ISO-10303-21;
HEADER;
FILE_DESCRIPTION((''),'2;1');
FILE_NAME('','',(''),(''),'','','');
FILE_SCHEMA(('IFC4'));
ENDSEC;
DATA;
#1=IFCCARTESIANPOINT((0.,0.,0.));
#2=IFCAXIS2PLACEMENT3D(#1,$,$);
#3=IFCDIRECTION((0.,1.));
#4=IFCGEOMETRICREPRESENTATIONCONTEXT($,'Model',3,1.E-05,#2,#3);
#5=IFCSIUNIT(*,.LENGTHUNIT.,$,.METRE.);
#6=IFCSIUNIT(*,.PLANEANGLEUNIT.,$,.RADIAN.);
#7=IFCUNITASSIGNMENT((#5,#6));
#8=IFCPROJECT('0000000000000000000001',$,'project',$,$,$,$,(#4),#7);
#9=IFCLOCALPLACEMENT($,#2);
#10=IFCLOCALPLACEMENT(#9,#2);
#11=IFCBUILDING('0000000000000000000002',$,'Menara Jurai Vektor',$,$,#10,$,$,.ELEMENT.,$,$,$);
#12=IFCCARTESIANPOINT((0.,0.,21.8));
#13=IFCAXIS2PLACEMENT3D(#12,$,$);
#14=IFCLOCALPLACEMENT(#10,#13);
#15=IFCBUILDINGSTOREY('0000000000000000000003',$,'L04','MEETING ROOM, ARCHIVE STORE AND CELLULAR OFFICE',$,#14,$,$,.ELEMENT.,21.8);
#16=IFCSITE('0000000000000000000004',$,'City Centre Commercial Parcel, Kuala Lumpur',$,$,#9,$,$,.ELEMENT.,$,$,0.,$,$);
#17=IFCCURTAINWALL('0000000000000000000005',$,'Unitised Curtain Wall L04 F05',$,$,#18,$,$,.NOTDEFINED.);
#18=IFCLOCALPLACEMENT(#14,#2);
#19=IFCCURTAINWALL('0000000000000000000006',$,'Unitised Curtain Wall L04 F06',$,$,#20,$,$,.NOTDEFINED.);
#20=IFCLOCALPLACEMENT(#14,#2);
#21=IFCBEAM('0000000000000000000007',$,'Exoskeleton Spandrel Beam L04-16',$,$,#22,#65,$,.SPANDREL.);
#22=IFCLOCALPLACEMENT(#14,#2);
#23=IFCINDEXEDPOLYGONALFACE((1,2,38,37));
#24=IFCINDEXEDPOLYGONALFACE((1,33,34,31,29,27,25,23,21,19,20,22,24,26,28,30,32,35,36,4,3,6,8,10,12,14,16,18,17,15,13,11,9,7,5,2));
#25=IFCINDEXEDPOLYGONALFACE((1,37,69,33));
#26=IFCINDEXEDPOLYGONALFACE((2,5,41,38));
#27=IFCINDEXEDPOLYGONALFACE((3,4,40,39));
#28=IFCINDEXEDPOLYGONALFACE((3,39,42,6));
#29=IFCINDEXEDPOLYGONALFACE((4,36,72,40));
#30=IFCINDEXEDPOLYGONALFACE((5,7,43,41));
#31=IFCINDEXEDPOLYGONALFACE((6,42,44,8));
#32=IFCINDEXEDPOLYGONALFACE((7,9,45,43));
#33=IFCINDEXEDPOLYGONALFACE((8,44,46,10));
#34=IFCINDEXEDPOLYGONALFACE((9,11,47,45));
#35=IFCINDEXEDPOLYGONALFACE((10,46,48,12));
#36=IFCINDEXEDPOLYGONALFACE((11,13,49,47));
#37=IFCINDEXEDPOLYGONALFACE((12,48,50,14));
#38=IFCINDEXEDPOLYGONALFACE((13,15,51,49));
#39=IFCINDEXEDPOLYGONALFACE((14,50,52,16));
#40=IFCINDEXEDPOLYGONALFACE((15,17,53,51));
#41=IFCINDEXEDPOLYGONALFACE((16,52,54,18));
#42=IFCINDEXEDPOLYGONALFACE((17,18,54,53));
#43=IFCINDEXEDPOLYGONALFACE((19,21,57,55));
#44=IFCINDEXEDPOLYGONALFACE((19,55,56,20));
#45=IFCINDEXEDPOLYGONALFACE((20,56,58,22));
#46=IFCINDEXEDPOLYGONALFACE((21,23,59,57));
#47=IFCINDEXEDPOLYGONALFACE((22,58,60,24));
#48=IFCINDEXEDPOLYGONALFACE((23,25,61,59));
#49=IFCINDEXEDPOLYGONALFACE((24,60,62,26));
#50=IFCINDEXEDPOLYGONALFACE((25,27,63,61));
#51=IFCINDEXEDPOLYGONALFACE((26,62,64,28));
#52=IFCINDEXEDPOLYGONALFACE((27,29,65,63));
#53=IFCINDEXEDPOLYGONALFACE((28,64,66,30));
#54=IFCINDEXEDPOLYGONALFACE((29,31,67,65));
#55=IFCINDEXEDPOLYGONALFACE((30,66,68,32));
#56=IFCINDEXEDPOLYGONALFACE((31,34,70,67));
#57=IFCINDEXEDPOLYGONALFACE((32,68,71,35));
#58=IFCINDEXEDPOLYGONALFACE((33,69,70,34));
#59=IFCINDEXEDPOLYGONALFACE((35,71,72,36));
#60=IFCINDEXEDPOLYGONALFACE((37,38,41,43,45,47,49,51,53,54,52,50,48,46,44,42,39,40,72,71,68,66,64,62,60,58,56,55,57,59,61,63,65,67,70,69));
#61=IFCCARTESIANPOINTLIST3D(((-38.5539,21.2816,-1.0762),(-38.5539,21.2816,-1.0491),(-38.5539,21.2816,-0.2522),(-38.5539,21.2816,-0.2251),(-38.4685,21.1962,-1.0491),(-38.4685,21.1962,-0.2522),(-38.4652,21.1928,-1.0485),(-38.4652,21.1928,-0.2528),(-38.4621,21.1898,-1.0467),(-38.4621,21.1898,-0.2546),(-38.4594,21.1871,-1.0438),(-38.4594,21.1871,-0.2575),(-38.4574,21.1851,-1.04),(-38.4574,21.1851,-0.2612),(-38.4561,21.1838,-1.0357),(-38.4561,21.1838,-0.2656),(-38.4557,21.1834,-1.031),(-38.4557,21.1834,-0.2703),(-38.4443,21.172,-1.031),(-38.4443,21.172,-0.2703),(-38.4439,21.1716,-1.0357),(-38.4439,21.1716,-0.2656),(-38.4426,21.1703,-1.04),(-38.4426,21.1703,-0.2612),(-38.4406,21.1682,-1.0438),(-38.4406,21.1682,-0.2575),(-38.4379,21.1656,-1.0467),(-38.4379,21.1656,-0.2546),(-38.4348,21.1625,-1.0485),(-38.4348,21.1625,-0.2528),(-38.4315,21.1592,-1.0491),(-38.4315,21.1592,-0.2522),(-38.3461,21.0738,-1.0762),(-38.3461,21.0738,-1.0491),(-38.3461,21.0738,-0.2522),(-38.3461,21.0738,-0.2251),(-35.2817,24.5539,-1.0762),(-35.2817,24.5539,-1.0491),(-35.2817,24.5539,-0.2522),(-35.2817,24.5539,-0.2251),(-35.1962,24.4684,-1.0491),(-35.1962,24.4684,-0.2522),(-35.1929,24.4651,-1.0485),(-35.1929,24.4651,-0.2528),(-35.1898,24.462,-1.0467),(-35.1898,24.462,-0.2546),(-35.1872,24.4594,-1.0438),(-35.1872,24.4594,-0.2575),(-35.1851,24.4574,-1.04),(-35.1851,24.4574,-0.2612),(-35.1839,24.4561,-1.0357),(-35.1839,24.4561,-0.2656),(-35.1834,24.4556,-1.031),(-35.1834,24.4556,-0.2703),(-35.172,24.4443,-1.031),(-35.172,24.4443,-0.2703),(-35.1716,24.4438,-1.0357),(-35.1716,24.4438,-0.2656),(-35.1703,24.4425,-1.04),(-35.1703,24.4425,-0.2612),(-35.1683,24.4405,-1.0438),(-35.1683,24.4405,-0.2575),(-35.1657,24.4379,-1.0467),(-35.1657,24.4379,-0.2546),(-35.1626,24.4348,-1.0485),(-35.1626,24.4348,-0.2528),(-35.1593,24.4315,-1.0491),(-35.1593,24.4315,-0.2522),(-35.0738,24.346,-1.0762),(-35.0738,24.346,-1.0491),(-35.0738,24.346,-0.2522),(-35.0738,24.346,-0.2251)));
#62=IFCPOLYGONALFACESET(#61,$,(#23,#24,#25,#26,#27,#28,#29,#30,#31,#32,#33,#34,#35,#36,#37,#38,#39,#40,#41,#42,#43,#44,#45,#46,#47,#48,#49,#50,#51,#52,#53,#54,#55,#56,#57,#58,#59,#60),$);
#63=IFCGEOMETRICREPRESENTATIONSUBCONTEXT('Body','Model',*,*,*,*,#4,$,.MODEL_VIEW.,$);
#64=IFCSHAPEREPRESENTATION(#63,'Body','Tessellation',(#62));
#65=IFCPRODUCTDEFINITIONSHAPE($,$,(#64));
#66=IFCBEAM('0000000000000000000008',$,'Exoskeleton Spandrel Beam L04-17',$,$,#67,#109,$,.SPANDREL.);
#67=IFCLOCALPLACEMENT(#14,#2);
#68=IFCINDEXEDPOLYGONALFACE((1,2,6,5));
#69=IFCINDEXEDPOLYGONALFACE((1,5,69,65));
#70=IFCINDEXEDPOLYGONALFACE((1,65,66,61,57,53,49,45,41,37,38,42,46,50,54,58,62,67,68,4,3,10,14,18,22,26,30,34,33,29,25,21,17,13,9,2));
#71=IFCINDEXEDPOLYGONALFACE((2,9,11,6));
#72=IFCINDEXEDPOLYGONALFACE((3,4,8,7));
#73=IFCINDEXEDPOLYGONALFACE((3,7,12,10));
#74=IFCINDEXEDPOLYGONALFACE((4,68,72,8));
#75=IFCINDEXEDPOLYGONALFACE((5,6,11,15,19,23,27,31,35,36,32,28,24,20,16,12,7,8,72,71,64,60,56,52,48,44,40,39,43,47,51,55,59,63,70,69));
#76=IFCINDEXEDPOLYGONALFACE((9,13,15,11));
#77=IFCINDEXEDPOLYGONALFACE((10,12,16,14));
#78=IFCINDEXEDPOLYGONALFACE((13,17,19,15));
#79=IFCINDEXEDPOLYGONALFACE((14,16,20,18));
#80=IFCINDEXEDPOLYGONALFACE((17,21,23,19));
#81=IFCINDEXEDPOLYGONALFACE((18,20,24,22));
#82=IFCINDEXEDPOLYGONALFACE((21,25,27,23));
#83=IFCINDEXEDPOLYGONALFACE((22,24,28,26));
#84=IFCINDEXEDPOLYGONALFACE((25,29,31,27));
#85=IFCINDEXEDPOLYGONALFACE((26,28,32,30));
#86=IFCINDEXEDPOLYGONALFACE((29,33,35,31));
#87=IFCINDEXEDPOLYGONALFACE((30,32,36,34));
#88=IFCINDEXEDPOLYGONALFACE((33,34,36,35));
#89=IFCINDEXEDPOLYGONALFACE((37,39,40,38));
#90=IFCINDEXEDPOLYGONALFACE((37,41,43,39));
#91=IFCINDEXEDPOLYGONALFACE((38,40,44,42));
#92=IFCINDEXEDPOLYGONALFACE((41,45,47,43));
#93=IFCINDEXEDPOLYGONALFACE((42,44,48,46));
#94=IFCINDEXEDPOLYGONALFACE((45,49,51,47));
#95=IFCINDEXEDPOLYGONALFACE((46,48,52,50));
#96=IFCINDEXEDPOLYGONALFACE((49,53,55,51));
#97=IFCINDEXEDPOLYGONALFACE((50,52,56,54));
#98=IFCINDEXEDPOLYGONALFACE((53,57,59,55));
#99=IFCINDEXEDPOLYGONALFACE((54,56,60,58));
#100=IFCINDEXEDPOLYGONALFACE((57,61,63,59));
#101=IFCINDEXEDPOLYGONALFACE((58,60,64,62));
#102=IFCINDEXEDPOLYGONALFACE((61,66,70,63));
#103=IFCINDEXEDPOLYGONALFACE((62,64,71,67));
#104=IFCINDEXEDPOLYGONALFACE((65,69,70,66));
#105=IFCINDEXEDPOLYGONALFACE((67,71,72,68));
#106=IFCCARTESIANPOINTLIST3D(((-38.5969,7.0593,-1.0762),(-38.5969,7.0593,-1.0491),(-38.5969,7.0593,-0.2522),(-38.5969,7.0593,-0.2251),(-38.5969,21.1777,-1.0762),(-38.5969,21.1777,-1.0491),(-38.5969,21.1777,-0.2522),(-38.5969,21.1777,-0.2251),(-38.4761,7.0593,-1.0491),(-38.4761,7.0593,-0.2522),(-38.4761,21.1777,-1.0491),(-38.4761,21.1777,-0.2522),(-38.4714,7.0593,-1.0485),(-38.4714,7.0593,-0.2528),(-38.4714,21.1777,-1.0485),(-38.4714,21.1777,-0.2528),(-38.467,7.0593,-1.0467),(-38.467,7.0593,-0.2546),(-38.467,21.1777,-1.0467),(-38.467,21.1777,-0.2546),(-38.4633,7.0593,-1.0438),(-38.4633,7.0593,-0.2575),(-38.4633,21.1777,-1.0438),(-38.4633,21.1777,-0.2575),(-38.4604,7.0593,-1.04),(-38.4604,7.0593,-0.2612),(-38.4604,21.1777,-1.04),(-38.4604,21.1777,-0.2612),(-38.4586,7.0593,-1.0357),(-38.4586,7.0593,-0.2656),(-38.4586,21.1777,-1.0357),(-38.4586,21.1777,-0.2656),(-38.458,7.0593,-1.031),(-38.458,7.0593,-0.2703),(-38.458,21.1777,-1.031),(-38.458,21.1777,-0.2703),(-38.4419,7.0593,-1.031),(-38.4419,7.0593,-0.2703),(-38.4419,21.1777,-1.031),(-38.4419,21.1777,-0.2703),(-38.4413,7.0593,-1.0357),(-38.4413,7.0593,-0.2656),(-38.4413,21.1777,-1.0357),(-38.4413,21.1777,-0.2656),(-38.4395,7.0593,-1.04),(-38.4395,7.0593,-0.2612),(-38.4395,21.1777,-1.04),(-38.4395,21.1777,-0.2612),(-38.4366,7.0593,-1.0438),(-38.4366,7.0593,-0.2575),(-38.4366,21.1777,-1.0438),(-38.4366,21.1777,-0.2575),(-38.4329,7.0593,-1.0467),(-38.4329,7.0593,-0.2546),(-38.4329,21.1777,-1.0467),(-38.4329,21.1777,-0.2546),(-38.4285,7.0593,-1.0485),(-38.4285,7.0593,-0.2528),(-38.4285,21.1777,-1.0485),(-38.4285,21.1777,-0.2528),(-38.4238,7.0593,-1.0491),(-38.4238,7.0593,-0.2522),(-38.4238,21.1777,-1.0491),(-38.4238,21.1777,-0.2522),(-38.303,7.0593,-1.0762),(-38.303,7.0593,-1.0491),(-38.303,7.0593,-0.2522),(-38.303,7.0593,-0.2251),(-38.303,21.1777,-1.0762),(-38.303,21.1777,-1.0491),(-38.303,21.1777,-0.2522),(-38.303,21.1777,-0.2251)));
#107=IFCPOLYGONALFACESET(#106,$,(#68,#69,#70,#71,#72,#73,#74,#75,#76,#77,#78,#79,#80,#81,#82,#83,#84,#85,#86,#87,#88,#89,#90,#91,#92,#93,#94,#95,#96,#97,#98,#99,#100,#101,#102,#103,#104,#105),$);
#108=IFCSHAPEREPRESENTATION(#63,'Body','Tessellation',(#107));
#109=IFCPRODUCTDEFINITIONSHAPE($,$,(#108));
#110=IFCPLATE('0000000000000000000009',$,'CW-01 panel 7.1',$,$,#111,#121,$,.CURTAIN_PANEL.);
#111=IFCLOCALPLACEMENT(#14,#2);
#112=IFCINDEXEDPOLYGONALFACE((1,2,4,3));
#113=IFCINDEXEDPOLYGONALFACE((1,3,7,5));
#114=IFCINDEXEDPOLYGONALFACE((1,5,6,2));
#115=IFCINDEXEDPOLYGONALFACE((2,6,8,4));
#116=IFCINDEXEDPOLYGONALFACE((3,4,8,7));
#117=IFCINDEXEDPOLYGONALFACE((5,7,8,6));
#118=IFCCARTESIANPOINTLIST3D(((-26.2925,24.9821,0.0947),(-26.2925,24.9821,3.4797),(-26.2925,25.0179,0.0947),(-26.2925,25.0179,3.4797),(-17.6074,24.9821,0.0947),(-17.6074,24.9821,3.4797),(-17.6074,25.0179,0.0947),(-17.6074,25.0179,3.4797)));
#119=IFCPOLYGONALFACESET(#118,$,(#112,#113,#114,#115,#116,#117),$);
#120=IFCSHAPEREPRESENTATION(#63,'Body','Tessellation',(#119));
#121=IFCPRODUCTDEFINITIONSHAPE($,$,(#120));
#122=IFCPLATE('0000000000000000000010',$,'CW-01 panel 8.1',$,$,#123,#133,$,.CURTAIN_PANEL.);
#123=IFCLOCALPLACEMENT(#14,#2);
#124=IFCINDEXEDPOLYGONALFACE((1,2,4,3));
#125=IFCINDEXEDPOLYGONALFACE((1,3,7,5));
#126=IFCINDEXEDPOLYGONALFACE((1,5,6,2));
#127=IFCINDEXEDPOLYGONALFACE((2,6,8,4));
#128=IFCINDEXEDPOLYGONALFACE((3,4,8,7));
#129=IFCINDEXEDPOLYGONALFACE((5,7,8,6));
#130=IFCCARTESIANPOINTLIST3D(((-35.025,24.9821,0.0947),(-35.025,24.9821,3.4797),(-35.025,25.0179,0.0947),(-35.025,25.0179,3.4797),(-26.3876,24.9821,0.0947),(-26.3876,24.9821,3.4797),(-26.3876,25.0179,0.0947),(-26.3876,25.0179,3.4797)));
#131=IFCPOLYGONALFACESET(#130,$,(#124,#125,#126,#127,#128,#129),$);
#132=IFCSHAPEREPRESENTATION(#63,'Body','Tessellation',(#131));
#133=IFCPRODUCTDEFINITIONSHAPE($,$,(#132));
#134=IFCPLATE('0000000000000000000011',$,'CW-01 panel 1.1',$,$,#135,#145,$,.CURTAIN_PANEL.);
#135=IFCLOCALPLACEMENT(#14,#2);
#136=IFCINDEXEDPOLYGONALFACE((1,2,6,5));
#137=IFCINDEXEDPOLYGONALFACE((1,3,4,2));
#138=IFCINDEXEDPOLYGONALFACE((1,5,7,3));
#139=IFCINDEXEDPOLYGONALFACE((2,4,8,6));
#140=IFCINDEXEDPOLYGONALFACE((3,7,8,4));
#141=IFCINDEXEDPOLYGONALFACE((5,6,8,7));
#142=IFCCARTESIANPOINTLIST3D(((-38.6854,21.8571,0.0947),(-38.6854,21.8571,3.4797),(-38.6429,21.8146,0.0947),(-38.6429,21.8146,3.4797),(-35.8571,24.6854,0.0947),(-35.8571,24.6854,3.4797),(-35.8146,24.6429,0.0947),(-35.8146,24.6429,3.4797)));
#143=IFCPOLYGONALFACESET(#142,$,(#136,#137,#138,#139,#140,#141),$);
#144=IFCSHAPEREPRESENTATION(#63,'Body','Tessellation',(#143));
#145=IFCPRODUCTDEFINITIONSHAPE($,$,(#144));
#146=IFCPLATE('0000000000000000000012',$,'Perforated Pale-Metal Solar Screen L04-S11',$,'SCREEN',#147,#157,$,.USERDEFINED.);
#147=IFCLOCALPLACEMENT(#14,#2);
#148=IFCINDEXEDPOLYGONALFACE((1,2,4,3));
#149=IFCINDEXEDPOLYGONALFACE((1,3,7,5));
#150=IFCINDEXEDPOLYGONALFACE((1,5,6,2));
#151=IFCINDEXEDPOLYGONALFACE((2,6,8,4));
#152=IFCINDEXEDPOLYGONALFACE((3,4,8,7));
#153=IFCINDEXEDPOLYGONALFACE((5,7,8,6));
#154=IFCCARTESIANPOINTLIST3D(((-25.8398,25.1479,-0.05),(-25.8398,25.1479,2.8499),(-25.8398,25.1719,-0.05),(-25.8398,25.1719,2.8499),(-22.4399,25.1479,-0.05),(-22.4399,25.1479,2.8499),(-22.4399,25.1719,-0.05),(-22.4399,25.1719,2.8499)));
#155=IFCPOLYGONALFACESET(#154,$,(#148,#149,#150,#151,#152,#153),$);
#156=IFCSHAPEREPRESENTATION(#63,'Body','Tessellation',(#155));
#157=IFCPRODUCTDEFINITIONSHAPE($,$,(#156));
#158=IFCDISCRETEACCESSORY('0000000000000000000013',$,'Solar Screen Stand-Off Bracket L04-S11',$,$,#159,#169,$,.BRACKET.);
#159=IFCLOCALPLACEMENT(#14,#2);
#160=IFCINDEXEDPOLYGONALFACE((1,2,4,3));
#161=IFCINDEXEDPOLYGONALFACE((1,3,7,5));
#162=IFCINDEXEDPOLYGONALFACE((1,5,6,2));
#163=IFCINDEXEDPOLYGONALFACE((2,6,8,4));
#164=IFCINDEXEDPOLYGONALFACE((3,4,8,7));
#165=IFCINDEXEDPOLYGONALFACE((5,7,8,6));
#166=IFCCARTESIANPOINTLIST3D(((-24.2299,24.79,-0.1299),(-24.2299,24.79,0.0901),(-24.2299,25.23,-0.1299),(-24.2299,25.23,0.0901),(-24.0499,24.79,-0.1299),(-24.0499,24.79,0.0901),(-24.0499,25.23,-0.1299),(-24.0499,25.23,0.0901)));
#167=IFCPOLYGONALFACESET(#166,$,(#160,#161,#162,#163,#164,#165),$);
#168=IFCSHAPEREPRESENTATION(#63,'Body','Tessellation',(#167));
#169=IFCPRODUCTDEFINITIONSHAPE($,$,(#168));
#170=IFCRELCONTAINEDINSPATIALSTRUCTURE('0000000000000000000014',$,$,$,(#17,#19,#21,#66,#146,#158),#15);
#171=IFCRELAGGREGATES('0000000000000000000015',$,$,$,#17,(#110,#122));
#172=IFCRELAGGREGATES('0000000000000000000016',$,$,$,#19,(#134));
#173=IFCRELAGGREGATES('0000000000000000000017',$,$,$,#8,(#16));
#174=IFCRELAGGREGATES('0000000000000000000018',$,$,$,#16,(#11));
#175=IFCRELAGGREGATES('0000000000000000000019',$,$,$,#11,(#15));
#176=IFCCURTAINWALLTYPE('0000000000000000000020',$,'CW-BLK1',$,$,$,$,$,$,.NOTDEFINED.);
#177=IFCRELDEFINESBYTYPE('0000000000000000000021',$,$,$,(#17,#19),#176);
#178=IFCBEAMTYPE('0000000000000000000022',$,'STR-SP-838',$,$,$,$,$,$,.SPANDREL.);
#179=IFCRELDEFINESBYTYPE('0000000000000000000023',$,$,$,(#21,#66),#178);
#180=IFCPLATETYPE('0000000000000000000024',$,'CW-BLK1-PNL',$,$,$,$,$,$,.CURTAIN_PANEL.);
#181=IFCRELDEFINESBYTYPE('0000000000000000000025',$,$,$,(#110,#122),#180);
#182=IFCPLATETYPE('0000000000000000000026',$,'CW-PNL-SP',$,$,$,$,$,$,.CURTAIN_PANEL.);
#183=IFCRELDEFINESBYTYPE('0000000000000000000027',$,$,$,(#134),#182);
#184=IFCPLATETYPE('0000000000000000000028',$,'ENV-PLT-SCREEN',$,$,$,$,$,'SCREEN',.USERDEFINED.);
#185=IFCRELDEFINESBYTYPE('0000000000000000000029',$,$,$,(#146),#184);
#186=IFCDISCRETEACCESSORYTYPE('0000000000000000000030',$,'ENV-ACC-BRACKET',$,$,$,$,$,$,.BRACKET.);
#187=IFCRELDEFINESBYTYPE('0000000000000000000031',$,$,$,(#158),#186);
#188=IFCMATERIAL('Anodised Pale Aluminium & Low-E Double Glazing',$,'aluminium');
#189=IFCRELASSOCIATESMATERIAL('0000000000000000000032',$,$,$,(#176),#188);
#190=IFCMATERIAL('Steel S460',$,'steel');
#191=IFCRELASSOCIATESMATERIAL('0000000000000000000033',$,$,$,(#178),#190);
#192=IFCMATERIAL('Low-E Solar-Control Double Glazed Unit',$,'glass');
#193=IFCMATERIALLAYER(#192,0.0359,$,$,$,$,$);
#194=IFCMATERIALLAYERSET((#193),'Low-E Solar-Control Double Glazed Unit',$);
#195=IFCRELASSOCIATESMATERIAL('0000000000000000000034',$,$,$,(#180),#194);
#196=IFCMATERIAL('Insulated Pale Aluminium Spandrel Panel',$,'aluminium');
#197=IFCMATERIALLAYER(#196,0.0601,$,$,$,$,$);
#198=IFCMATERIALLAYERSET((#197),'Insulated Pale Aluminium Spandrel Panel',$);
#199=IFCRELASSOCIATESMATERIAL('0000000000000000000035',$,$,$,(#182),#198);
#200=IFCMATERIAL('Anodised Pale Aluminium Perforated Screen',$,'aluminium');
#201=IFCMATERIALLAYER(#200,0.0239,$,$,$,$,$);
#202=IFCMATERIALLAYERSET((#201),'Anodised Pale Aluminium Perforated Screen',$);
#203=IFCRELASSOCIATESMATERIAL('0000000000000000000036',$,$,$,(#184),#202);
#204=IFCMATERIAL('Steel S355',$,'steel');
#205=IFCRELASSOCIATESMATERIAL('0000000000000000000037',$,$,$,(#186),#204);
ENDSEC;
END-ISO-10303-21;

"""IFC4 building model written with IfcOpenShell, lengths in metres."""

from ifc_helpers import new_model, si_unit, direction, frame, origin, origin_2d, place, context, subcontext, project, spatial, rectangle, i_section, extrude, material, layer, layer_set, material_profile, profile_set, type_object, element, aggregate, save


model = new_model("IFC4")

# Units and contexts
model_context = context("Model", 3, precision=1e-05, world=origin(), true_north=direction((0.0, 1.0)))
body_context = subcontext(model_context, "Body", "Model", "MODEL_VIEW")
ifc_project = project(units=[si_unit("LENGTHUNIT", "METRE"), si_unit("PLANEANGLEUNIT", "RADIAN")], contexts=[model_context])

# Site, building, storey
site_placement = place(None, origin())
site = spatial("IfcSite", under=ifc_project, at=site_placement, Name="City Centre Commercial Parcel, Kuala Lumpur", CompositionType="ELEMENT", RefElevation=0.0)
building_placement = place(site_placement, origin())
building = spatial("IfcBuilding", under=site, at=building_placement, Name="Menara Jurai Vektor", CompositionType="ELEMENT")
storey_placement = place(building_placement, frame((0.0, 0.0, 21.8)))
storey = spatial("IfcBuildingStorey", under=building, at=storey_placement, Name="L04", Description="MEETING ROOM, ARCHIVE STORE AND CELLULAR OFFICE", CompositionType="ELEMENT", Elevation=21.8)

# Shared definitions
ifc_material_1 = material(Name="Steel S460", Category="steel")

# Curtain walls
ifc_material_2 = material(Name="Anodised Pale Aluminium & Low-E Double Glazing", Category="aluminium")
curtain_wall_type = type_object("IfcCurtainWallType", Name="CW-BLK1", PredefinedType="NOTDEFINED", material=ifc_material_2)
curtain_wall_1_placement = place(storey_placement, origin())
curtain_wall_1 = element("IfcCurtainWall", 1, at=curtain_wall_1_placement, inside=storey, type_object=curtain_wall_type, Name="Unitised Curtain Wall L04 F05", PredefinedType="NOTDEFINED")
curtain_wall_2_placement = place(storey_placement, origin())
curtain_wall_2 = element("IfcCurtainWall", 2, at=curtain_wall_2_placement, inside=storey, type_object=curtain_wall_type, Name="Unitised Curtain Wall L04 F06", PredefinedType="NOTDEFINED")

# Shared definitions
ifc_material_3 = material(Name="Steel S355", Category="steel")

# Beams
ifc_material_profile_1 = material_profile(ifc_material_1, i_section(OverallWidth=0.2939, OverallDepth=0.8511, WebThickness=0.0161, FlangeThickness=0.0271, FilletRadius=0.0181, at=origin_2d()), Name="UKB 838x292x226")
ifc_profile_set_1 = profile_set([ifc_material_profile_1], Name="Steel S460")
beam_type_1 = type_object("IfcBeamType", Name="STR-SP-838", PredefinedType="SPANDREL", material=ifc_profile_set_1)
beam_1_placement = place(storey_placement, frame((-35.1777, 24.45, -0.6506), z_axis=(-0.707107, -0.707107, 0.0), x_axis=(0.707107, -0.707107, 0.0)))
element("IfcBeam", 3, at=beam_1_placement, inside=storey, type_object=beam_type_1, Name="Exoskeleton Spandrel Beam L04-16", PredefinedType="SPANDREL", context=body_context, shape_type="SweptSolid", body=[
    extrude(i_section(OverallWidth=0.2939, OverallDepth=0.8511, WebThickness=0.0161, FlangeThickness=0.0271, FilletRadius=0.0181, at=origin_2d()), origin(), (0.0, 0.0, 1.0), 4.6277),
])
beam_2_placement = place(storey_placement, frame((-38.45, 21.1777, -0.6506), z_axis=(0.0, -1.0, 0.0), x_axis=(1.0, 0.0, 0.0)))
element("IfcBeam", 4, at=beam_2_placement, inside=storey, type_object=beam_type_1, Name="Exoskeleton Spandrel Beam L04-17", PredefinedType="SPANDREL", context=body_context, shape_type="SweptSolid", body=[
    extrude(i_section(OverallWidth=0.2939, OverallDepth=0.8511, WebThickness=0.0161, FlangeThickness=0.0271, FilletRadius=0.0181, at=origin_2d()), origin(), (0.0, 0.0, 1.0), 14.1184),
])

# Plates
ifc_material_4 = material(Name="Low-E Solar-Control Double Glazed Unit", Category="glass")
ifc_layer_1 = layer(ifc_material_4, 0.0359)
ifc_layer_set_1 = layer_set([ifc_layer_1], Name="Low-E Solar-Control Double Glazed Unit")
plate_type_1 = type_object("IfcPlateType", Name="CW-BLK1-PNL", PredefinedType="CURTAIN_PANEL", material=ifc_layer_set_1)
plate_1_placement = place(storey_placement, frame((-21.95, 25.0, 0.0947), z_axis=(0.0, 0.0, 1.0), x_axis=(-1.0, 0.0, 0.0)))
plate_1 = element("IfcPlate", 5, at=plate_1_placement, type_object=plate_type_1, Name="CW-01 panel 7.1", PredefinedType="CURTAIN_PANEL", context=body_context, shape_type="SweptSolid", body=[
    extrude(rectangle(XDim=8.6851, YDim=0.0359, at=origin_2d()), origin(), (0.0, 0.0, 1.0), 3.385),
])
plate_2_placement = place(storey_placement, frame((-30.7063, 25.0, 0.0947), z_axis=(0.0, 0.0, 1.0), x_axis=(-1.0, 0.0, 0.0)))
plate_2 = element("IfcPlate", 6, at=plate_2_placement, type_object=plate_type_1, Name="CW-01 panel 8.1", PredefinedType="CURTAIN_PANEL", context=body_context, shape_type="SweptSolid", body=[
    extrude(rectangle(XDim=8.6375, YDim=0.0359, at=origin_2d()), origin(), (0.0, 0.0, 1.0), 3.385),
])
aggregate(curtain_wall_1, [plate_1, plate_2])
ifc_material_5 = material(Name="Insulated Pale Aluminium Spandrel Panel", Category="aluminium")
ifc_layer_2 = layer(ifc_material_5, 0.0601)
ifc_layer_set_2 = layer_set([ifc_layer_2], Name="Insulated Pale Aluminium Spandrel Panel")
plate_type_2 = type_object("IfcPlateType", Name="CW-PNL-SP", PredefinedType="CURTAIN_PANEL", material=ifc_layer_set_2)
plate_3_placement = place(storey_placement, frame((-37.25, 23.25, 0.0947), z_axis=(0.0, 0.0, 1.0), x_axis=(-0.707107, -0.707107, 0.0)))
plate_3 = element("IfcPlate", 7, at=plate_3_placement, type_object=plate_type_2, Name="CW-01 panel 1.1", PredefinedType="CURTAIN_PANEL", context=body_context, shape_type="SweptSolid", body=[
    extrude(rectangle(XDim=3.9998, YDim=0.0601, at=origin_2d()), origin(), (0.0, 0.0, 1.0), 3.385),
])
aggregate(curtain_wall_2, [plate_3])
ifc_material_6 = material(Name="Anodised Pale Aluminium Perforated Screen", Category="aluminium")
ifc_layer_3 = layer(ifc_material_6, 0.0239)
ifc_layer_set_3 = layer_set([ifc_layer_3], Name="Anodised Pale Aluminium Perforated Screen")
plate_type_3 = type_object("IfcPlateType", Name="ENV-PLT-SCREEN", ElementType="SCREEN", PredefinedType="USERDEFINED", material=ifc_layer_set_3)
plate_4_placement = place(storey_placement, frame((-24.1399, 25.1599, -0.05), z_axis=(0.0, 0.0, 1.0), x_axis=(-1.0, 0.0, 0.0)))
element("IfcPlate", 8, at=plate_4_placement, inside=storey, type_object=plate_type_3, Name="Perforated Pale-Metal Solar Screen L04-S11", ObjectType="SCREEN", PredefinedType="USERDEFINED", context=body_context, shape_type="SweptSolid", body=[
    extrude(rectangle(XDim=3.3999, YDim=0.0239, at=origin_2d()), origin(), (0.0, 0.0, 1.0), 2.8999),
])

# Discrete accessory
discrete_accessory_type = type_object("IfcDiscreteAccessoryType", Name="ENV-ACC-BRACKET", PredefinedType="BRACKET", material=ifc_material_3)
discrete_accessory_placement = place(storey_placement, frame((-24.1399, 25.01, -0.1299), z_axis=(0.0, 0.0, 1.0), x_axis=(-1.0, 0.0, 0.0)))
element("IfcDiscreteAccessory", 9, at=discrete_accessory_placement, inside=storey, type_object=discrete_accessory_type, Name="Solar Screen Stand-Off Bracket L04-S11", PredefinedType="BRACKET", context=body_context, shape_type="SweptSolid", body=[
    extrude(rectangle(XDim=0.1799, YDim=0.4399, at=origin_2d()), origin(), (0.0, 0.0, 1.0), 0.22),
])

save(model, "model.ifc")
